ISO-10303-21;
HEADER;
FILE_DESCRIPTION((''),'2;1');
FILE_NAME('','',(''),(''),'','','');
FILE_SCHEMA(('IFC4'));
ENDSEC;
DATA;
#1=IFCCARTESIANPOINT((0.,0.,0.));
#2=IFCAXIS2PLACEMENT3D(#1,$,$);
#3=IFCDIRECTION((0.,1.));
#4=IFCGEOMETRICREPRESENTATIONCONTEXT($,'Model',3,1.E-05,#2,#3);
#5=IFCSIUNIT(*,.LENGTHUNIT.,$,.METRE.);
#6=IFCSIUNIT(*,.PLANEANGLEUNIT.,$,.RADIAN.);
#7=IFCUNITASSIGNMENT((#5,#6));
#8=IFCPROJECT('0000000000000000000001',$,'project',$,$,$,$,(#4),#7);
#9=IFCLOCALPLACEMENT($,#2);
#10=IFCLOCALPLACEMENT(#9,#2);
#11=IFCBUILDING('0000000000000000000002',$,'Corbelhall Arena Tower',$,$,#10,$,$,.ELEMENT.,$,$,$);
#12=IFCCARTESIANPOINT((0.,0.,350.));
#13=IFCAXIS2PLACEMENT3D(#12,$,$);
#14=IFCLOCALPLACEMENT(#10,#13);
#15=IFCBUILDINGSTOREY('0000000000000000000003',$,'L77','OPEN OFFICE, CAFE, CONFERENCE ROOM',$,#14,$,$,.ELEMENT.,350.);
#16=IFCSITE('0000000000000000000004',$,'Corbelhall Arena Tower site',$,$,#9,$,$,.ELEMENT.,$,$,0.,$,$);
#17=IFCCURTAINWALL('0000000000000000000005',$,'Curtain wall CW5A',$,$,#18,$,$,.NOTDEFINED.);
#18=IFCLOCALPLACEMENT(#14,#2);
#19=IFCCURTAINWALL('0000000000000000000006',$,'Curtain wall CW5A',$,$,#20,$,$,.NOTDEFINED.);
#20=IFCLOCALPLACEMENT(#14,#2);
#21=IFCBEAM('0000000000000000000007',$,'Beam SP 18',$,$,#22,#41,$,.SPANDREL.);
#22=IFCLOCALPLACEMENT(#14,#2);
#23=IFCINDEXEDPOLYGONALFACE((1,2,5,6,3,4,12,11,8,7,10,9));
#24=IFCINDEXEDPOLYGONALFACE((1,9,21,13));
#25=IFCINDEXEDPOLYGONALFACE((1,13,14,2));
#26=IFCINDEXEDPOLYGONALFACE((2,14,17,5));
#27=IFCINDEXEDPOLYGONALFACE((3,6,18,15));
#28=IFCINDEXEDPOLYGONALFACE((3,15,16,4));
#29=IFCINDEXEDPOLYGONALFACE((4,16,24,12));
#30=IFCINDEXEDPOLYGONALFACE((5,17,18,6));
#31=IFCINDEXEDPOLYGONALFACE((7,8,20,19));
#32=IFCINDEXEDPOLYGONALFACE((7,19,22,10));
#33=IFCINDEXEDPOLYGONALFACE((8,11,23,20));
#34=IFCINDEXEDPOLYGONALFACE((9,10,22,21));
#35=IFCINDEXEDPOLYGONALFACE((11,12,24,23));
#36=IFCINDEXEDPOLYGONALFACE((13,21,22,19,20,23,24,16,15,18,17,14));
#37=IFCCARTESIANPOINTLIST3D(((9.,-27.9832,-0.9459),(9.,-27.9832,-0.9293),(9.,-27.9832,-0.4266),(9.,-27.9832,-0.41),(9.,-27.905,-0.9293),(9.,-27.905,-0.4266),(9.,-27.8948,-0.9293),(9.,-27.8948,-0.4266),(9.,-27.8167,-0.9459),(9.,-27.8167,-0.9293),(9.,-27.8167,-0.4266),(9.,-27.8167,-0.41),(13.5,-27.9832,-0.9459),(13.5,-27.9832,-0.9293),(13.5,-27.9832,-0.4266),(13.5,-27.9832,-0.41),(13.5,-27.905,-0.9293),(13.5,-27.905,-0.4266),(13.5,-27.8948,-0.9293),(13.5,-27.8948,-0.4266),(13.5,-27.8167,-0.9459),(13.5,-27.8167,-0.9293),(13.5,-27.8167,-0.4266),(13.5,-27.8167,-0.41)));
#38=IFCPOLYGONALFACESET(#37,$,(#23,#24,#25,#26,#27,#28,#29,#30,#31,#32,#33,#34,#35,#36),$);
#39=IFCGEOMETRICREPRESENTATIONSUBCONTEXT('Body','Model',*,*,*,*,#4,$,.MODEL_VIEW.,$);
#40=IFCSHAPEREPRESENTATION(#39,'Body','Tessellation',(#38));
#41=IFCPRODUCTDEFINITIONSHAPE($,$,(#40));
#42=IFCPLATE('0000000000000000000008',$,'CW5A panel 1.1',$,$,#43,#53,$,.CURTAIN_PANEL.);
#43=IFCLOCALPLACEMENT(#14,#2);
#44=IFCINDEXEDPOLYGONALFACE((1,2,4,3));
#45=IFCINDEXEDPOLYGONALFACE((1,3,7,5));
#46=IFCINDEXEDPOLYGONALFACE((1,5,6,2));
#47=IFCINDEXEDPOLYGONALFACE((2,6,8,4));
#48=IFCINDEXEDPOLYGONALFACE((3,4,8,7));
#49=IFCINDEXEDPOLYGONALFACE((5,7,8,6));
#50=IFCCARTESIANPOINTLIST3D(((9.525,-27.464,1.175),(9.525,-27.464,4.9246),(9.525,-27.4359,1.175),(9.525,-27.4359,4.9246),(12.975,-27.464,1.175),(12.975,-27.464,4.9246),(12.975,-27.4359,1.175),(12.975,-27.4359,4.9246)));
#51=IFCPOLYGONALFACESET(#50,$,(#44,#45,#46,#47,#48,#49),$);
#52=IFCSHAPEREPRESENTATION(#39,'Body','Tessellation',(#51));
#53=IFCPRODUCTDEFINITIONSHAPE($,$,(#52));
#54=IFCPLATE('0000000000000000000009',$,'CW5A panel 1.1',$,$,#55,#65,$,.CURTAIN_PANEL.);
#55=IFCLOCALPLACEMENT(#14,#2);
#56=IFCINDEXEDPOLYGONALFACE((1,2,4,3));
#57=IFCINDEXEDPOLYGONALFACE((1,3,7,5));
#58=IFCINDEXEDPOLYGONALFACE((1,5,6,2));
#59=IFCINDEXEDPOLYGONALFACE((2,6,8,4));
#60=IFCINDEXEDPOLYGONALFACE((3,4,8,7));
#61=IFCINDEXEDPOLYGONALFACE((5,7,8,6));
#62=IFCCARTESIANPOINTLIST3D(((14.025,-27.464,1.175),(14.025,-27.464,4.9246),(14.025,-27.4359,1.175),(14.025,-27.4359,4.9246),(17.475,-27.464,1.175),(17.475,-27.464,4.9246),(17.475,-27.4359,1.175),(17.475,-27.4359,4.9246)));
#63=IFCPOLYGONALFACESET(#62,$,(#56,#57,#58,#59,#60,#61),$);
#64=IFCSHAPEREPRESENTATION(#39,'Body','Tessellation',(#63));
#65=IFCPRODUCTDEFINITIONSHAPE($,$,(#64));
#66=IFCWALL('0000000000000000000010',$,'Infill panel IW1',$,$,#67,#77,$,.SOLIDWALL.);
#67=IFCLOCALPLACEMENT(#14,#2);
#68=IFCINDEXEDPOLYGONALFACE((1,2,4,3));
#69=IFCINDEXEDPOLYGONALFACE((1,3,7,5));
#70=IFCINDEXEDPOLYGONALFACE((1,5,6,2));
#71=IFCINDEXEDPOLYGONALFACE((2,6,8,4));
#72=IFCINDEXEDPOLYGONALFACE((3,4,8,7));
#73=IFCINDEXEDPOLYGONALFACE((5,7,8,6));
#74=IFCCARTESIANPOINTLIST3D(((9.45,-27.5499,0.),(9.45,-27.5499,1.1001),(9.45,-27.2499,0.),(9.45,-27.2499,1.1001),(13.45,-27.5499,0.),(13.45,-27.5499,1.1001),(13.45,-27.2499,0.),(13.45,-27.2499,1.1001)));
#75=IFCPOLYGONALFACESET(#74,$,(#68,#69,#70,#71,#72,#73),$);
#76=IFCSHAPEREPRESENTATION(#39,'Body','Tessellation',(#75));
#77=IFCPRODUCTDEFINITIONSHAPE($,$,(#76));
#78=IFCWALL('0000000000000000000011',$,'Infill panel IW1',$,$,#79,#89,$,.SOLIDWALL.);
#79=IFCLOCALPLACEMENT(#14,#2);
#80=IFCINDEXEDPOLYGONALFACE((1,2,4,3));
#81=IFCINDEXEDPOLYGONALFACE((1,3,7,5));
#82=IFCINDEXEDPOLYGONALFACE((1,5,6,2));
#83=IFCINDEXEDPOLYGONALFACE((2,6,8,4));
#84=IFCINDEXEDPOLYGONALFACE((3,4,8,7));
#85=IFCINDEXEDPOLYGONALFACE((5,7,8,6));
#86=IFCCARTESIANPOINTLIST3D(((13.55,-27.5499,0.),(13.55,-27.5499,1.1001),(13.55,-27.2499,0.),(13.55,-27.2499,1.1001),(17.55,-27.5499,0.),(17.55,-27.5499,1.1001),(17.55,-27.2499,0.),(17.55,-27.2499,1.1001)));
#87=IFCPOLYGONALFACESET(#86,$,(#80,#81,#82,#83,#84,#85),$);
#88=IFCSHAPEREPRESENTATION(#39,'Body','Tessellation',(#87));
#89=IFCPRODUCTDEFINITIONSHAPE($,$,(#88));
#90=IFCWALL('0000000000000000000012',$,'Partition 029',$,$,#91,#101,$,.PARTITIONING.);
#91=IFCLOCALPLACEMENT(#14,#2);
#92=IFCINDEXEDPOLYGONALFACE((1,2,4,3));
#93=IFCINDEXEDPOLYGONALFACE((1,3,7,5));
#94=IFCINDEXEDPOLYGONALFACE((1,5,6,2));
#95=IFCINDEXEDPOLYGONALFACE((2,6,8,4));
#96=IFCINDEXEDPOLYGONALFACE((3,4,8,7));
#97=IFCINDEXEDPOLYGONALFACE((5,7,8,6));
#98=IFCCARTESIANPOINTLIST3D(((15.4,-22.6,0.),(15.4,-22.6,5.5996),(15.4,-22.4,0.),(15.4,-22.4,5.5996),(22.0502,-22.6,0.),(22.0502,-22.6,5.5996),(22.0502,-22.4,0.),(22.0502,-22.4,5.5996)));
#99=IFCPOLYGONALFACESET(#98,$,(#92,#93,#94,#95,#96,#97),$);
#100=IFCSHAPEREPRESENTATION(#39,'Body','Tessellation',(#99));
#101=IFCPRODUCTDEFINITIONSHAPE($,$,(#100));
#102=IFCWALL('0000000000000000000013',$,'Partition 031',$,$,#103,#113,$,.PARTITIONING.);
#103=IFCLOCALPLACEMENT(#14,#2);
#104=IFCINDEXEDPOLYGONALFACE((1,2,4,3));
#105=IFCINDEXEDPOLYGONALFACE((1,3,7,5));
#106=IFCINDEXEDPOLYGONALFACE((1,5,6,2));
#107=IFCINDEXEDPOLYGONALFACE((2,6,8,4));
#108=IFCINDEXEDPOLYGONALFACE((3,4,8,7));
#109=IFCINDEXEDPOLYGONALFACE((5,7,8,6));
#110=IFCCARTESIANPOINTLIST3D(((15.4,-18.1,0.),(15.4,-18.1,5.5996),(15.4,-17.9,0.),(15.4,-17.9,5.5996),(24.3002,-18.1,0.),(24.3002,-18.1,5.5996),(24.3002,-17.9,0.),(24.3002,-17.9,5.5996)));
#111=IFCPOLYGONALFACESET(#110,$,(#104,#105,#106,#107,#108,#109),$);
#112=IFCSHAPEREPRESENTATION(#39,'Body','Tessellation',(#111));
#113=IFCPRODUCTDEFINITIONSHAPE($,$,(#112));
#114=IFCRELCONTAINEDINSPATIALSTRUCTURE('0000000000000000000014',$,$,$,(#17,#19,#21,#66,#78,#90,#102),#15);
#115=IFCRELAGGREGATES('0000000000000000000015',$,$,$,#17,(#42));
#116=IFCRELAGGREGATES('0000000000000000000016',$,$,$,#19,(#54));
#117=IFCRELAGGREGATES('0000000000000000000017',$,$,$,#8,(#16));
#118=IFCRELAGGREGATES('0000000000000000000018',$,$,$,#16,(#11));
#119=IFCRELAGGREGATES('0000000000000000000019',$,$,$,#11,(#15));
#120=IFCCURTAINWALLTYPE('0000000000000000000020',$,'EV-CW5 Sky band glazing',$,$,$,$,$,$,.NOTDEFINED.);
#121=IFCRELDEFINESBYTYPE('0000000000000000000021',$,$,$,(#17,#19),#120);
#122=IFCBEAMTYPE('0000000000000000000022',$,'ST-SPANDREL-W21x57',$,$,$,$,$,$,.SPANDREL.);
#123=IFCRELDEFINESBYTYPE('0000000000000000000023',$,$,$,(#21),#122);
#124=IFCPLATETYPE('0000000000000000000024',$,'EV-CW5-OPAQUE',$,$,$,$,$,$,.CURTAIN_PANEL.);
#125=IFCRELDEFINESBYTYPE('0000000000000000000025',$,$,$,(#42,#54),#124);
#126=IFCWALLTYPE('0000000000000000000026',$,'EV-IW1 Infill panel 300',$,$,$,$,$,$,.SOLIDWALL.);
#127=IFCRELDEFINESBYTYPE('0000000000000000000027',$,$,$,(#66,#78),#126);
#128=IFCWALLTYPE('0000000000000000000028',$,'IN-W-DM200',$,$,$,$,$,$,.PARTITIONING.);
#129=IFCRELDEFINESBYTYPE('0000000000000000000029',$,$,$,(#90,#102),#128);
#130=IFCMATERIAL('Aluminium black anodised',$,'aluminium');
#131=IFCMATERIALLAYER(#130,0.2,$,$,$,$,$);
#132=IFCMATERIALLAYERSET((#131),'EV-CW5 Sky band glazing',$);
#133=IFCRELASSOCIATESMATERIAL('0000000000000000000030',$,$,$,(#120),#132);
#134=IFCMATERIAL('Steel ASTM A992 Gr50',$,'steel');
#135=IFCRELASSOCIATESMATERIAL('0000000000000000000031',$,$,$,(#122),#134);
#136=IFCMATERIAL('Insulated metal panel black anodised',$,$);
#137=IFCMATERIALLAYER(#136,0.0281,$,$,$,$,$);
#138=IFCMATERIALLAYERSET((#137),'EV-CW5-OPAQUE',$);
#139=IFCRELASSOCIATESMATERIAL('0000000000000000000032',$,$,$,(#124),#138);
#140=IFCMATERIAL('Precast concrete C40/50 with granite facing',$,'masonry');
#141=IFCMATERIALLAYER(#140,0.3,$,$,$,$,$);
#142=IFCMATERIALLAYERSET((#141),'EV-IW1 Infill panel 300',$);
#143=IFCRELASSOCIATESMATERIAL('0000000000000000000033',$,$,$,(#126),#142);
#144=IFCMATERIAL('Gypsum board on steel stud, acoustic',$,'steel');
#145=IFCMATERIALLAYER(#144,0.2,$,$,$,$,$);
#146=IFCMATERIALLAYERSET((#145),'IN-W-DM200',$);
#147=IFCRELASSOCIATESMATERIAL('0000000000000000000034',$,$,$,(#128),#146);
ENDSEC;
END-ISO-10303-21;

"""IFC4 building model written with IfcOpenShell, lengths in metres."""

from ifc_helpers import new_model, si_unit, direction, frame, frame_2d, origin, origin_2d, place, context, subcontext, project, spatial, rectangle, i_section, extrude, material, layer, layer_set, material_profile, profile_set, type_object, element, aggregate, save


model = new_model("IFC4")

# Units and contexts
model_context = context("Model", 3, precision=1e-05, world=origin(), true_north=direction((0.0, 1.0)))
body_context = subcontext(model_context, "Body", "Model", "MODEL_VIEW")
ifc_project = project(units=[si_unit("LENGTHUNIT", "METRE"), si_unit("PLANEANGLEUNIT", "RADIAN")], contexts=[model_context])

# Site, building, storey
site_placement = place(None, origin())
site = spatial("IfcSite", under=ifc_project, at=site_placement, Name="Corbelhall Arena Tower site", CompositionType="ELEMENT", RefElevation=0.0)
building_placement = place(site_placement, origin())
building = spatial("IfcBuilding", under=site, at=building_placement, Name="Corbelhall Arena Tower", CompositionType="ELEMENT")
storey_placement = place(building_placement, frame((0.0, 0.0, 350.0)))
storey = spatial("IfcBuildingStorey", under=building, at=storey_placement, Name="L77", Description="OPEN OFFICE, CAFE, CONFERENCE ROOM", CompositionType="ELEMENT", Elevation=350.0)

# Curtain walls
ifc_material_1 = material(Name="Aluminium black anodised", Category="aluminium")
ifc_layer_1 = layer(ifc_material_1, 0.2)
ifc_layer_set_1 = layer_set([ifc_layer_1], Name="EV-CW5 Sky band glazing")
curtain_wall_type = type_object("IfcCurtainWallType", Name="EV-CW5 Sky band glazing", PredefinedType="NOTDEFINED", material=ifc_layer_set_1)
curtain_wall_1_placement = place(storey_placement, origin())
curtain_wall_1 = element("IfcCurtainWall", 1, at=curtain_wall_1_placement, inside=storey, type_object=curtain_wall_type, Name="Curtain wall CW5A", PredefinedType="NOTDEFINED")
curtain_wall_2_placement = place(storey_placement, origin())
curtain_wall_2 = element("IfcCurtainWall", 2, at=curtain_wall_2_placement, inside=storey, type_object=curtain_wall_type, Name="Curtain wall CW5A", PredefinedType="NOTDEFINED")

# Shared definitions
ifc_material_2 = material(Name="Steel ASTM A992 Gr50", Category="steel")

# Beam
ifc_material_profile_1 = material_profile(ifc_material_2, i_section(OverallWidth=0.1665, OverallDepth=0.5359, WebThickness=0.0103, FlangeThickness=0.0166, at=origin_2d()))
ifc_profile_set_1 = profile_set([ifc_material_profile_1], Name="Steel ASTM A992 Gr50")
beam_type = type_object("IfcBeamType", Name="ST-SPANDREL-W21x57", PredefinedType="SPANDREL", material=ifc_profile_set_1)
beam_placement = place(storey_placement, frame((13.5, -27.8999, -0.678), z_axis=(-1.0, 0.0, 0.0), x_axis=(0.0, -1.0, 0.0)))
element("IfcBeam", 3, at=beam_placement, inside=storey, type_object=beam_type, Name="Beam SP 18", PredefinedType="SPANDREL", context=body_context, shape_type="SweptSolid", body=[
    extrude(i_section(OverallWidth=0.1665, OverallDepth=0.5359, WebThickness=0.0103, FlangeThickness=0.0166, at=origin_2d()), origin(), (0.0, 0.0, 1.0), 4.5),
])

# Plates
ifc_material_3 = material(Name="Insulated metal panel black anodised")
ifc_layer_2 = layer(ifc_material_3, 0.0281)
ifc_layer_set_2 = layer_set([ifc_layer_2], Name="EV-CW5-OPAQUE")
plate_type = type_object("IfcPlateType", Name="EV-CW5-OPAQUE", PredefinedType="CURTAIN_PANEL", material=ifc_layer_set_2)
plate_1_placement = place(storey_placement, frame((11.25, -27.45, 1.175), z_axis=(0.0, 0.0, 1.0), x_axis=(1.0, 0.0, 0.0)))
plate_1 = element("IfcPlate", 4, at=plate_1_placement, type_object=plate_type, Name="CW5A panel 1.1", PredefinedType="CURTAIN_PANEL", context=body_context, shape_type="SweptSolid", body=[
    extrude(rectangle(XDim=3.45, YDim=0.0281, at=origin_2d()), origin(), (0.0, 0.0, 1.0), 3.7495),
])
aggregate(curtain_wall_1, [plate_1])
plate_2_placement = place(storey_placement, frame((15.75, -27.45, 1.175), z_axis=(0.0, 0.0, 1.0), x_axis=(1.0, 0.0, 0.0)))
plate_2 = element("IfcPlate", 5, at=plate_2_placement, type_object=plate_type, Name="CW5A panel 1.1", PredefinedType="CURTAIN_PANEL", context=body_context, shape_type="SweptSolid", body=[
    extrude(rectangle(XDim=3.45, YDim=0.0281, at=origin_2d()), origin(), (0.0, 0.0, 1.0), 3.7495),
])
aggregate(curtain_wall_2, [plate_2])

# Walls
ifc_material_4 = material(Name="Precast concrete C40/50 with granite facing", Category="masonry")
ifc_layer_3 = layer(ifc_material_4, 0.3)
ifc_layer_set_3 = layer_set([ifc_layer_3], Name="EV-IW1 Infill panel 300")
wall_type_1 = type_object("IfcWallType", Name="EV-IW1 Infill panel 300", PredefinedType="SOLIDWALL", material=ifc_layer_set_3)
for number, where, z_axis, x_axis, name in (
    (6, (9.45, -27.3999, 0.0), (0.0, 0.0, 1.0), (1.0, 0.0, 0.0), "Infill panel IW1"),
    (7, (13.55, -27.3999, 0.0), (0.0, 0.0, 1.0), (1.0, 0.0, 0.0), "Infill panel IW1"),
):
    element("IfcWall", number, at=place(storey_placement, frame(where, z_axis=z_axis, x_axis=x_axis)), inside=storey, type_object=wall_type_1, Name=name, PredefinedType="SOLIDWALL", context=body_context, shape_type="SweptSolid", body=[
        extrude(rectangle(XDim=4.0, YDim=0.3, at=frame_2d((2.0, 0.0))), origin(), (0.0, 0.0, 1.0), 1.1001),
    ])

# Shared definitions
ifc_material_5 = material(Name="Gypsum board on steel stud, acoustic", Category="steel")
ifc_layer_4 = layer(ifc_material_5, 0.2)
ifc_layer_set_4 = layer_set([ifc_layer_4], Name="IN-W-DM200")
wall_type_2 = type_object("IfcWallType", Name="IN-W-DM200", PredefinedType="PARTITIONING", material=ifc_layer_set_4)

# Walls
wall_1_placement = place(storey_placement, frame((15.3999, -22.5, 0.0), z_axis=(0.0, 0.0, 1.0), x_axis=(1.0, 0.0, 0.0)))
element("IfcWall", 8, at=wall_1_placement, inside=storey, type_object=wall_type_2, Name="Partition 029", PredefinedType="PARTITIONING", context=body_context, shape_type="SweptSolid", body=[
    extrude(rectangle(XDim=6.6501, YDim=0.2, at=frame_2d((3.3252, 0.0))), origin(), (0.0, 0.0, 1.0), 5.5996),
])
wall_2_placement = place(storey_placement, frame((15.3999, -18.0, 0.0), z_axis=(0.0, 0.0, 1.0), x_axis=(1.0, 0.0, 0.0)))
element("IfcWall", 9, at=wall_2_placement, inside=storey, type_object=wall_type_2, Name="Partition 031", PredefinedType="PARTITIONING", context=body_context, shape_type="SweptSolid", body=[
    extrude(rectangle(XDim=8.9001, YDim=0.2, at=frame_2d((4.4502, 0.0))), origin(), (0.0, 0.0, 1.0), 5.5996),
])

save(model, "model.ifc")
